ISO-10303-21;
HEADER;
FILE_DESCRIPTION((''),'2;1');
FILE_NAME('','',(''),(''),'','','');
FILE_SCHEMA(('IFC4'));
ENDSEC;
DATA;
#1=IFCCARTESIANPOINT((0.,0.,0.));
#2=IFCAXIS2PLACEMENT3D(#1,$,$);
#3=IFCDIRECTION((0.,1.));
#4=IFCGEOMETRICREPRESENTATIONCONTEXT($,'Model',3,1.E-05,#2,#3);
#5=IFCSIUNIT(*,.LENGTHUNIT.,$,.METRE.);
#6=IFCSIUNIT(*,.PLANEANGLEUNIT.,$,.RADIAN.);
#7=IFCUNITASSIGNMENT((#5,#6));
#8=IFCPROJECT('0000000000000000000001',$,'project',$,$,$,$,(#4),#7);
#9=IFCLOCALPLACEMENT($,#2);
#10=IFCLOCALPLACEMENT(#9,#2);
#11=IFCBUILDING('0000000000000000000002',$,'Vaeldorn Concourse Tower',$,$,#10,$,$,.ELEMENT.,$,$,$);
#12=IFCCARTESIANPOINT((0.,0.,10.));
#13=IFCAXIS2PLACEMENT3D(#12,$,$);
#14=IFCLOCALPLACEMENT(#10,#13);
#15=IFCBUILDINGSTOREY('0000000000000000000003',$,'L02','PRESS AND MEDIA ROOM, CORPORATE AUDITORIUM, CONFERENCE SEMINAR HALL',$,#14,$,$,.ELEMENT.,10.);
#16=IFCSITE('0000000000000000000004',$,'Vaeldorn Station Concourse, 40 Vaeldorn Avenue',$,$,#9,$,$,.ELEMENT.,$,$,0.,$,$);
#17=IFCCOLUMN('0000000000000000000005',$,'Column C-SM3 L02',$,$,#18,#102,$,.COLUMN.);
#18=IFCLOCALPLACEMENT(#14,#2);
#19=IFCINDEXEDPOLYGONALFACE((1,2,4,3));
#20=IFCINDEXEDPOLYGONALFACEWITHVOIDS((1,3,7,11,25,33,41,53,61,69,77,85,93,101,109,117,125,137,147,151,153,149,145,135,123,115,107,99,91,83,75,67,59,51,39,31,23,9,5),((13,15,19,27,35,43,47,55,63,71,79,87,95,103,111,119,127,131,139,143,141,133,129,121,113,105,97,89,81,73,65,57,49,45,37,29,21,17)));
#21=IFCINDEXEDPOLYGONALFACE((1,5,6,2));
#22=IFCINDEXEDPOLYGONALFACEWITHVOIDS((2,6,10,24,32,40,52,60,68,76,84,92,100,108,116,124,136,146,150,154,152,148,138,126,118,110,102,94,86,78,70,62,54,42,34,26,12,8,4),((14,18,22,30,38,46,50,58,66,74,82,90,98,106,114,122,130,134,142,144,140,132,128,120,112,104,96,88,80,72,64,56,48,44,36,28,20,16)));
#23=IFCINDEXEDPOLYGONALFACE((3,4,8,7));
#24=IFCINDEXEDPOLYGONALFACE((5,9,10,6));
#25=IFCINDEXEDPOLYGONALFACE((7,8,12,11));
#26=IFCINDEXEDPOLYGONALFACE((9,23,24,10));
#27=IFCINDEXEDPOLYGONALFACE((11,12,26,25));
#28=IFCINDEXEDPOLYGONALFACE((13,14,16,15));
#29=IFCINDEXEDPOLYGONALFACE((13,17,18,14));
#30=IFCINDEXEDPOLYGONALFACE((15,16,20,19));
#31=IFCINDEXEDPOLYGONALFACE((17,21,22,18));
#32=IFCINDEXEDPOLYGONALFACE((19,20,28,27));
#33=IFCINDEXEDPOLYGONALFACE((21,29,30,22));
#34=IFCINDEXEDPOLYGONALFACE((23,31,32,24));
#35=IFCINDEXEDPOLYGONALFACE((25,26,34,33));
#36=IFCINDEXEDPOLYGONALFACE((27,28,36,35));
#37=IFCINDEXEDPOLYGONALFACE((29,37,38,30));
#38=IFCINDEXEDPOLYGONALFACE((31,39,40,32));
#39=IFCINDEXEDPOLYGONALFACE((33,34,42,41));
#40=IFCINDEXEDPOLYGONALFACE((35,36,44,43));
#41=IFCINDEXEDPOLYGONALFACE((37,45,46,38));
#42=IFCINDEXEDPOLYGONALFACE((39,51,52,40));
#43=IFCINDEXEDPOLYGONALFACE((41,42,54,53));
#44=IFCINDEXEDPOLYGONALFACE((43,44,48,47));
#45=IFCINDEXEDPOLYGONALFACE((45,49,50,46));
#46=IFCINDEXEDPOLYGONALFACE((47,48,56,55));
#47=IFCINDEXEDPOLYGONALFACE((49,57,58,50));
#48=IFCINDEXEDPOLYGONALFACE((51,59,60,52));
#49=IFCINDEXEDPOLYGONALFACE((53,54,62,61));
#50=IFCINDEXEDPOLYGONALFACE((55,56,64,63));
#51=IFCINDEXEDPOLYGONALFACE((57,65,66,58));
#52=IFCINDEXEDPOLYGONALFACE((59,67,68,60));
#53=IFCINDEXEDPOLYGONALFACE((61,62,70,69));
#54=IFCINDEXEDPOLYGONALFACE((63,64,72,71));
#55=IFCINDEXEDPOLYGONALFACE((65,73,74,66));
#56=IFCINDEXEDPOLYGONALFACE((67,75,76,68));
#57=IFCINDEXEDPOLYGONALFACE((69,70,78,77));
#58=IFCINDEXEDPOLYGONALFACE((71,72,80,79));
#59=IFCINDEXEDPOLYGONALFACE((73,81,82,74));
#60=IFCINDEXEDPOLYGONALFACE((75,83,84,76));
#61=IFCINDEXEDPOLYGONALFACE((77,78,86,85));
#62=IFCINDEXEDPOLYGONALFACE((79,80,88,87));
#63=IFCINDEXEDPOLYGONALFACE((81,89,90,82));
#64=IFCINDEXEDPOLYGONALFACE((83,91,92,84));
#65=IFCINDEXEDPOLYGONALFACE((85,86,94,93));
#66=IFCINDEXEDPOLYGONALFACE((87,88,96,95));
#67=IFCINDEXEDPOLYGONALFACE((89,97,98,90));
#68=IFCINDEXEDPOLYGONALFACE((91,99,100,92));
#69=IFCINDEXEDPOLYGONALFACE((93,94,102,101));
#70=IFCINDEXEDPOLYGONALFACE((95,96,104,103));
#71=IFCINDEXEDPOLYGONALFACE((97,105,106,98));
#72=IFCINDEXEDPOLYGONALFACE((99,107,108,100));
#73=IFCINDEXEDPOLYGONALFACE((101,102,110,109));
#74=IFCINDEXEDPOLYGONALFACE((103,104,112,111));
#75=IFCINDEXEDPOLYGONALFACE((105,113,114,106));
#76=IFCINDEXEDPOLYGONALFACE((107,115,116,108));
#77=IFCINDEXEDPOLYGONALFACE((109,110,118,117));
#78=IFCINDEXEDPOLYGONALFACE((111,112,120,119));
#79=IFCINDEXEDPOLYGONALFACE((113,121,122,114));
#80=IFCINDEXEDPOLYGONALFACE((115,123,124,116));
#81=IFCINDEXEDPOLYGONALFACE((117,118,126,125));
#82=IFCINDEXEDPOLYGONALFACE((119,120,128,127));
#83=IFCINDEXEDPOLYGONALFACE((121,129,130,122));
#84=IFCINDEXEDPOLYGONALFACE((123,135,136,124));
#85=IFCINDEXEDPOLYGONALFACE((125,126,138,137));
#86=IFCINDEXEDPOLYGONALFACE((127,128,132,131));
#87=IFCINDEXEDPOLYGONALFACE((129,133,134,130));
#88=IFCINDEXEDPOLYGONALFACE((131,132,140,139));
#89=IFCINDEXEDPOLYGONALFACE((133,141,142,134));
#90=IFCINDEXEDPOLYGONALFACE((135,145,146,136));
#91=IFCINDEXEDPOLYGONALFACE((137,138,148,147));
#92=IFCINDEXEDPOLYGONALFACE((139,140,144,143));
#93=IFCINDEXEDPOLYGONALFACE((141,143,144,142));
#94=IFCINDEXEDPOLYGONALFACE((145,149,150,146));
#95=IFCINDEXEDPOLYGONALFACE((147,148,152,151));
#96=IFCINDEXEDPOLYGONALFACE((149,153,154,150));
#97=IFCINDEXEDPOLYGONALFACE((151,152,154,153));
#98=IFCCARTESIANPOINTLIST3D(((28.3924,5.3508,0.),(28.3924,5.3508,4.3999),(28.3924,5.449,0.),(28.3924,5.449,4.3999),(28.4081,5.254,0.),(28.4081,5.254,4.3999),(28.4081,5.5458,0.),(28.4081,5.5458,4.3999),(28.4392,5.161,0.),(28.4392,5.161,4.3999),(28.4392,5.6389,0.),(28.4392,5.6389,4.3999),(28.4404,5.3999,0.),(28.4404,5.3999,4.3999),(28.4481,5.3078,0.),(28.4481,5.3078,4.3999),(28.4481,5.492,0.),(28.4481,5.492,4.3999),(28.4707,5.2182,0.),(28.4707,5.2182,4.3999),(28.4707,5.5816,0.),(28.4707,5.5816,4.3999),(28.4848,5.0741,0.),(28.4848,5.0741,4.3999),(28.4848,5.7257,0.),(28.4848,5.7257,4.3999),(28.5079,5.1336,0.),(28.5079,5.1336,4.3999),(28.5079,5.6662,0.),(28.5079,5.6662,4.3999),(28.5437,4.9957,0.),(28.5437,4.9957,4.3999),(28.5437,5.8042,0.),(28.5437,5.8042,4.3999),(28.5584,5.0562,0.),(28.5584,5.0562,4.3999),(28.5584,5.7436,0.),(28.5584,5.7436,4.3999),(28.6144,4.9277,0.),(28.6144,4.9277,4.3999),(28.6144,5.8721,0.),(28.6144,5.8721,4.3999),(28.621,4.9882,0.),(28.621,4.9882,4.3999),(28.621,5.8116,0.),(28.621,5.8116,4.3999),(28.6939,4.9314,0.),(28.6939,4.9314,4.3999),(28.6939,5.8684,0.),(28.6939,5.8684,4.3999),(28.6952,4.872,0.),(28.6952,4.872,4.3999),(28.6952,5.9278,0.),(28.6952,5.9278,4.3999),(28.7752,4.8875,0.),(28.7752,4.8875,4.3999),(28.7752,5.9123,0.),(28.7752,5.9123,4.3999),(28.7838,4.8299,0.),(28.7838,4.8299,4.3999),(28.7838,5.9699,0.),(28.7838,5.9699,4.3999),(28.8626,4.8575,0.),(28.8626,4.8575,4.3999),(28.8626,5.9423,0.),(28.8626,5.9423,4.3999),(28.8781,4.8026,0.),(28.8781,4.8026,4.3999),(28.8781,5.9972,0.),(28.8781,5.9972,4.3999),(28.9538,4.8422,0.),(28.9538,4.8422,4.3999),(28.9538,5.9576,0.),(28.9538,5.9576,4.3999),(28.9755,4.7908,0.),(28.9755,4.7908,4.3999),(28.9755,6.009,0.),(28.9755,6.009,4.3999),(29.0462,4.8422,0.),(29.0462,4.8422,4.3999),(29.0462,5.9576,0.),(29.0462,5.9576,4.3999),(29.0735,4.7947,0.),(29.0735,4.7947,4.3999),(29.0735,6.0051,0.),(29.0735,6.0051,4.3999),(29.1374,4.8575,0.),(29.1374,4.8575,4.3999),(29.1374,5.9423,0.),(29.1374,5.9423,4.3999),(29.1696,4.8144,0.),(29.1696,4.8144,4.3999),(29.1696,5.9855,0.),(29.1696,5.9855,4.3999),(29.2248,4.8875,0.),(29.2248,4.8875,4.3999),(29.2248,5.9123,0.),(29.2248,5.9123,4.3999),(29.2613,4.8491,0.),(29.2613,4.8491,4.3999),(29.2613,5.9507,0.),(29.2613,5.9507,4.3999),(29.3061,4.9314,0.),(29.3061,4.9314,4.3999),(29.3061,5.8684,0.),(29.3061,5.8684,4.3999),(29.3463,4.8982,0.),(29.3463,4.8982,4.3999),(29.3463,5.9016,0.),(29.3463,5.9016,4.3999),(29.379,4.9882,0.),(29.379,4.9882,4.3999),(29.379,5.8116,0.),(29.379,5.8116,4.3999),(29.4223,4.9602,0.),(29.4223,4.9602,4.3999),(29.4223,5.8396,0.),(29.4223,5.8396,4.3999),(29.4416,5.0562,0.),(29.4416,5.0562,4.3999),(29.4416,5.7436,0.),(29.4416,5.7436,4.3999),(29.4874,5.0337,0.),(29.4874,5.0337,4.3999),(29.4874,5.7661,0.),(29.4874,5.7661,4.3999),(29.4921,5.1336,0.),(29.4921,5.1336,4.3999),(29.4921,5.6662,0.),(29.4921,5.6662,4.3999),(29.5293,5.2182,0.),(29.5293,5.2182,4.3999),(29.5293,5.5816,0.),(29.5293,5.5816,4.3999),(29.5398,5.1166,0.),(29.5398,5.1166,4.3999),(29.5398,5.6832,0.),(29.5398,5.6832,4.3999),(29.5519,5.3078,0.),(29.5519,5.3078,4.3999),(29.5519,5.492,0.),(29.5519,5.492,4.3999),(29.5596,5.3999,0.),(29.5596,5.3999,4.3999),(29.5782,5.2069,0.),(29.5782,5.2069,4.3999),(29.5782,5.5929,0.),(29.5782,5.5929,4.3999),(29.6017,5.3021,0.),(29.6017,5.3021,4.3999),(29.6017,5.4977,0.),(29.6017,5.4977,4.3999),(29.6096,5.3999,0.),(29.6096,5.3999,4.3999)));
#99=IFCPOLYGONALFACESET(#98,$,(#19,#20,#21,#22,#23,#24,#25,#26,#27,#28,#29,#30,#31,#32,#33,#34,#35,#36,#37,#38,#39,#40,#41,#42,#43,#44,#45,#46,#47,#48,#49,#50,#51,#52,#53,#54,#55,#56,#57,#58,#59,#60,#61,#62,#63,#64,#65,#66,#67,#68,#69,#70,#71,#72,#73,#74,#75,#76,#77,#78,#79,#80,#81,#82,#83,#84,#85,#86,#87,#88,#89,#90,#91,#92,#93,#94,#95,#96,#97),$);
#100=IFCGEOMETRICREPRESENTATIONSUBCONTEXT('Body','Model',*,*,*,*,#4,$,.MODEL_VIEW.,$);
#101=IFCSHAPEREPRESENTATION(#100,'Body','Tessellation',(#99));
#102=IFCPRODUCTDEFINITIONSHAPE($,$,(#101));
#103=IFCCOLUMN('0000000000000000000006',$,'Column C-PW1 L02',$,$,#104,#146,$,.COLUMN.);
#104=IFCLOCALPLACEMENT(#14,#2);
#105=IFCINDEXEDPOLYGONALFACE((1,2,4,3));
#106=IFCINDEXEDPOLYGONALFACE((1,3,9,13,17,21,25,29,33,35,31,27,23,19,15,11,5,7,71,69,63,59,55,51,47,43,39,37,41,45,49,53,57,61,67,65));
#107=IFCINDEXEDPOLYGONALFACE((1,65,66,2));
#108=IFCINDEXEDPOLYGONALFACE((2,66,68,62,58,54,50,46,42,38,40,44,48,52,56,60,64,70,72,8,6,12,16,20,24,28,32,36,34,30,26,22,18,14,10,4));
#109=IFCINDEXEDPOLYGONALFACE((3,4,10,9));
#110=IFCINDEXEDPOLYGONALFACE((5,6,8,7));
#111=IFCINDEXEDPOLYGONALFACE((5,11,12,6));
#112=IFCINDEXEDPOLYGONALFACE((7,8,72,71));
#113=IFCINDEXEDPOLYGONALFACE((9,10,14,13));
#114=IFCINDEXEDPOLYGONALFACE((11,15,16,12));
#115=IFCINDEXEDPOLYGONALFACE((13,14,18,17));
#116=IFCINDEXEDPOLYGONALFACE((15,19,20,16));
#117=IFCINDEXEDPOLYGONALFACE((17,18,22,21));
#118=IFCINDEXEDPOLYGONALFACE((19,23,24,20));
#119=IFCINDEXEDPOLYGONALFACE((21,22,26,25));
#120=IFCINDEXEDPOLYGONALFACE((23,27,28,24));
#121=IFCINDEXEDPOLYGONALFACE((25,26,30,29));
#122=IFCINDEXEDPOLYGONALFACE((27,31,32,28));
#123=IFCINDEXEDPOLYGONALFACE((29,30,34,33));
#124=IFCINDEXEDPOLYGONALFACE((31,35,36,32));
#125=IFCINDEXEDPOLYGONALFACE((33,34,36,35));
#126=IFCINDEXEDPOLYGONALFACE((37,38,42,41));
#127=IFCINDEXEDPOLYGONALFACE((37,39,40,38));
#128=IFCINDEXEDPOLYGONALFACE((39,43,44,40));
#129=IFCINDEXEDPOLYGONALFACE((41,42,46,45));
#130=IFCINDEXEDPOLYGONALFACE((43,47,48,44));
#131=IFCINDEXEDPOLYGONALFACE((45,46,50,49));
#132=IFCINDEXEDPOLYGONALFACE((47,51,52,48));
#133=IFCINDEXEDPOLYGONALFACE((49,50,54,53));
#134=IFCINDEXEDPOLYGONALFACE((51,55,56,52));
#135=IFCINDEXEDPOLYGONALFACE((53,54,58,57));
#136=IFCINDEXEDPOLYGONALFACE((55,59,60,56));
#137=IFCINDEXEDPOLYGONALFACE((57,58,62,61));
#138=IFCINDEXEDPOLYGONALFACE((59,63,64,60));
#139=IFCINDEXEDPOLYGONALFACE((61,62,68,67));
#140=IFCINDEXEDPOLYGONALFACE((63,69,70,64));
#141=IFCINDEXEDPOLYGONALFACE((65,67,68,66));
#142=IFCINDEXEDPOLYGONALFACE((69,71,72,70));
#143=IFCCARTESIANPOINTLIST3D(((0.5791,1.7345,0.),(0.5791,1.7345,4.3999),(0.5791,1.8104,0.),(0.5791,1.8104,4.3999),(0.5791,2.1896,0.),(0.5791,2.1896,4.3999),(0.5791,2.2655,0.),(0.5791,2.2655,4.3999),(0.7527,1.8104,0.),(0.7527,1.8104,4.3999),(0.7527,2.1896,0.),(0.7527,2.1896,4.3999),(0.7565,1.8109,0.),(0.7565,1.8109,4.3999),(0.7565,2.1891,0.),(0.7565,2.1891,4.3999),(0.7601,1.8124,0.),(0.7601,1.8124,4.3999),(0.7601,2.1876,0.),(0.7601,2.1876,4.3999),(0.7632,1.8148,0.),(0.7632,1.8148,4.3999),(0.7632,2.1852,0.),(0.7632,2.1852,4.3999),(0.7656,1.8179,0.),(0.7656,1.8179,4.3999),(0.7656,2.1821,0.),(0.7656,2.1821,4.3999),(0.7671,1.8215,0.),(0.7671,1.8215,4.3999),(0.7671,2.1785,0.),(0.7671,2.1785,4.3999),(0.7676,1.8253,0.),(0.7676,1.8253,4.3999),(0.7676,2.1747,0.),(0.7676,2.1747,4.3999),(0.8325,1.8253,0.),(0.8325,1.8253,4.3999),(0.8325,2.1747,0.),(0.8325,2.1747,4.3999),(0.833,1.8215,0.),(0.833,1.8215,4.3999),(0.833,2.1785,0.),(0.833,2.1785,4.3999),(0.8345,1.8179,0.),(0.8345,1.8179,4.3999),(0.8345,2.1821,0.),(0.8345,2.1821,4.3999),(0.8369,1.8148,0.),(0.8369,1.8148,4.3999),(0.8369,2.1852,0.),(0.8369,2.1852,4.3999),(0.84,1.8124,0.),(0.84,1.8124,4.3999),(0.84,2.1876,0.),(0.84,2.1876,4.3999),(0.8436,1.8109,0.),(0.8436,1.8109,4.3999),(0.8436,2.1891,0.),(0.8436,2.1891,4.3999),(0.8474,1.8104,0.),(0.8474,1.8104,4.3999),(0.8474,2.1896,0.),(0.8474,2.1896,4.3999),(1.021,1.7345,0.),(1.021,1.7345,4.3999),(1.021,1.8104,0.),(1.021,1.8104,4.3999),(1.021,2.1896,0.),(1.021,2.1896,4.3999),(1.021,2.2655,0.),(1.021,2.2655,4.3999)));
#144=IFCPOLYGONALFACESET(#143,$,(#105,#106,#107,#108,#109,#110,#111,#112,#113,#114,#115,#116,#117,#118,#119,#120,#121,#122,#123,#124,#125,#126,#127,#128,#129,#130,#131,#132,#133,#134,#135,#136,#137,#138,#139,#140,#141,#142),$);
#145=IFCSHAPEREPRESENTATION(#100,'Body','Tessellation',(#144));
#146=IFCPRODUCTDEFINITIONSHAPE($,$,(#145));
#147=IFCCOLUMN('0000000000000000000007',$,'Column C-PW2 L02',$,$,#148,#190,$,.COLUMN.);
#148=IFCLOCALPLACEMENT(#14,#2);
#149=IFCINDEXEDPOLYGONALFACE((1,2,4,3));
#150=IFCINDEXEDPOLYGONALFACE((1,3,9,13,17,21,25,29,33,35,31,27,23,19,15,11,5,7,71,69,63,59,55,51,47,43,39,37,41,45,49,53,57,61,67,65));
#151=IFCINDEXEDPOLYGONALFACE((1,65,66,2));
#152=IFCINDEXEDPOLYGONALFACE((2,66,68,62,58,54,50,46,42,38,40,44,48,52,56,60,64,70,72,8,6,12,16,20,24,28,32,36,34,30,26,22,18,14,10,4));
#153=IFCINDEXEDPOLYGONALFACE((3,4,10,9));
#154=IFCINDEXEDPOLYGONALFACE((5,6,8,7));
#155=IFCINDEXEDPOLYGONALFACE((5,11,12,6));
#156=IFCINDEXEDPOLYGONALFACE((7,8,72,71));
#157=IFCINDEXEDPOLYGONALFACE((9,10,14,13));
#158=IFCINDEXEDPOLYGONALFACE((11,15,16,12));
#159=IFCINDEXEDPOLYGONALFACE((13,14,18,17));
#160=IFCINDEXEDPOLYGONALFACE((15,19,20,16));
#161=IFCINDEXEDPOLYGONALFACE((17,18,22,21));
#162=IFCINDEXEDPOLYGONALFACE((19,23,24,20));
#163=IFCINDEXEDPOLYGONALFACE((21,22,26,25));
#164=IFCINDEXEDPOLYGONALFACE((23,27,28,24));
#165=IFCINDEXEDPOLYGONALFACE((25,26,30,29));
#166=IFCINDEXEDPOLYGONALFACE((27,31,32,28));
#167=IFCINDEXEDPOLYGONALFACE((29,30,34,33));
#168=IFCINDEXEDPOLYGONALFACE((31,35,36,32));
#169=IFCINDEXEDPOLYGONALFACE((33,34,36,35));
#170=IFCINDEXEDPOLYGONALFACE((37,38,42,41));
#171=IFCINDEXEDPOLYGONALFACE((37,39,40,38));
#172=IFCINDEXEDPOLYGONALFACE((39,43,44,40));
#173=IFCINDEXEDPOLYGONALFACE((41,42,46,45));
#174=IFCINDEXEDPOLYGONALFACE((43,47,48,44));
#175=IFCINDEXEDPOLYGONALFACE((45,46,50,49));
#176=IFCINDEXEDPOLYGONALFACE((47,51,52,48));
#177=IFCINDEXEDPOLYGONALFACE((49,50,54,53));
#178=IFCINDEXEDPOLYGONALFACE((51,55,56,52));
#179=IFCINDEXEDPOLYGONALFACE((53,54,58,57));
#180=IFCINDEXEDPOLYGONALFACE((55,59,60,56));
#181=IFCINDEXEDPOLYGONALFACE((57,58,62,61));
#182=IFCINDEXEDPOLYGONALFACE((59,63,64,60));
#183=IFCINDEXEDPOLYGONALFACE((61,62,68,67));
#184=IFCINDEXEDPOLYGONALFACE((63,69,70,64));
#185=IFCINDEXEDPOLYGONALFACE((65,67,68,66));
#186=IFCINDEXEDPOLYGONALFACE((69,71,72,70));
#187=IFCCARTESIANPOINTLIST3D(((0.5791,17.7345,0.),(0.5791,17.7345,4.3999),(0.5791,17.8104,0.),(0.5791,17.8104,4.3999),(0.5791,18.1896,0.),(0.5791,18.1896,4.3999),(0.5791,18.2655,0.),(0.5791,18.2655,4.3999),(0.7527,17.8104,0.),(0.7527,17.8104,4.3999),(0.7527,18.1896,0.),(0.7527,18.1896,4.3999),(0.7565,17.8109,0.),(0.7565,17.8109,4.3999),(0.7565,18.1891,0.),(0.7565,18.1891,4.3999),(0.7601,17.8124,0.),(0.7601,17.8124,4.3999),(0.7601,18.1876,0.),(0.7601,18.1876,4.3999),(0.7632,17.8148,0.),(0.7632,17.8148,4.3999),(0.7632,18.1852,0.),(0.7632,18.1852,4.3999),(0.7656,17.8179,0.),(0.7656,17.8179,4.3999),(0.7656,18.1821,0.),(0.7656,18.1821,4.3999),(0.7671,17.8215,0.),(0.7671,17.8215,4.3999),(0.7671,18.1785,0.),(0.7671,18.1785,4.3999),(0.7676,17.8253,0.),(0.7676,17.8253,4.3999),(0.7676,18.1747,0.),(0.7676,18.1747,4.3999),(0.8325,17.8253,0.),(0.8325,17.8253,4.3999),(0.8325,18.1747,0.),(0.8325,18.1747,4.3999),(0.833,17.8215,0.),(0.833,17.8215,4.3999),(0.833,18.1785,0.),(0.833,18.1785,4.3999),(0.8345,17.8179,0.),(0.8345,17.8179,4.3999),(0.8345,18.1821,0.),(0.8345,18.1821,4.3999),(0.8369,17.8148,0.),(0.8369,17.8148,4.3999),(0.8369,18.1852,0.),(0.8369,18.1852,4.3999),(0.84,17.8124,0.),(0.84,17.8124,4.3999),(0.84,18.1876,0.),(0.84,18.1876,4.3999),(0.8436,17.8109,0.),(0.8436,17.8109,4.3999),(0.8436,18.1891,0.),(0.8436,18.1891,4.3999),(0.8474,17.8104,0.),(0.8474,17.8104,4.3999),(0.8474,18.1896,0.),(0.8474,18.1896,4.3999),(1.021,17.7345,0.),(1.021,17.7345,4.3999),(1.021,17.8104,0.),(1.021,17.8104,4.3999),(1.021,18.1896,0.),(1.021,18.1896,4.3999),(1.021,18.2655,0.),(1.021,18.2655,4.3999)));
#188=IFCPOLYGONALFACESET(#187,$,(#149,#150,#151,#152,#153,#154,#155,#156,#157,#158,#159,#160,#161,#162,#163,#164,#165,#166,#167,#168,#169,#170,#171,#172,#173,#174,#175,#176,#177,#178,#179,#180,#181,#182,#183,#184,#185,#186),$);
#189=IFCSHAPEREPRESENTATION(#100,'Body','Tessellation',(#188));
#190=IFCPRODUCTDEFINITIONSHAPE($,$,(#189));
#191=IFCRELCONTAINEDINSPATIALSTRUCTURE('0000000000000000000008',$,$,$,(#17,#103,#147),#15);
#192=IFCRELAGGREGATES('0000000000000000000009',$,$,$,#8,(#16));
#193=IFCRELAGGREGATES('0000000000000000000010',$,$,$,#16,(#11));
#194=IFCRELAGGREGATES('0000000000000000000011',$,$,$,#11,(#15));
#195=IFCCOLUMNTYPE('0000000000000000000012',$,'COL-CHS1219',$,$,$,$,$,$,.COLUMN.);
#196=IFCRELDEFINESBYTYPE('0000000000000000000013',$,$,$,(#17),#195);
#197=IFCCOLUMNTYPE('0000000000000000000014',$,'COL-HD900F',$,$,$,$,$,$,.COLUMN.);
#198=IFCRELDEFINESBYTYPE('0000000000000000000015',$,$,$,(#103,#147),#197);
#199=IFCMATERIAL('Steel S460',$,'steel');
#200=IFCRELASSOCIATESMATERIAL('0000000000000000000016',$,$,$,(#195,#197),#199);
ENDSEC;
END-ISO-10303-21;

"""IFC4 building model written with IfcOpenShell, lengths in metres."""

from ifc_helpers import new_model, si_unit, direction, frame, origin, origin_2d, place, context, subcontext, project, spatial, hollow_circle, i_section, extrude, source, transform, mapped, material, material_profile, profile_set, type_object, element, save


model = new_model("IFC4")

# Units and contexts
model_context = context("Model", 3, precision=1e-05, world=origin(), true_north=direction((0.0, 1.0)))
body_context = subcontext(model_context, "Body", "Model", "MODEL_VIEW")
ifc_project = project(units=[si_unit("LENGTHUNIT", "METRE"), si_unit("PLANEANGLEUNIT", "RADIAN")], contexts=[model_context])

# Site, building, storey
site_placement = place(None, origin())
site = spatial("IfcSite", under=ifc_project, at=site_placement, Name="Vaeldorn Station Concourse, 40 Vaeldorn Avenue", CompositionType="ELEMENT", RefElevation=0.0)
building_placement = place(site_placement, origin())
building = spatial("IfcBuilding", under=site, at=building_placement, Name="Vaeldorn Concourse Tower", CompositionType="ELEMENT")
storey_placement = place(building_placement, frame((0.0, 0.0, 10.0)))
storey = spatial("IfcBuildingStorey", under=building, at=storey_placement, Name="L02", Description="PRESS AND MEDIA ROOM, CORPORATE AUDITORIUM, CONFERENCE SEMINAR HALL", CompositionType="ELEMENT", Elevation=10.0)

# Columns
ifc_material_1 = material(Name="Steel S460", Category="steel")
ifc_material_profile_1 = material_profile(ifc_material_1, hollow_circle(Radius=0.6096, WallThickness=0.05, at=origin_2d()), Name="CHS 1219x50")
ifc_profile_set_1 = profile_set([ifc_material_profile_1], Name="Steel S460")
column_type_1 = type_object("IfcColumnType", Name="COL-CHS1219", PredefinedType="COLUMN", material=ifc_profile_set_1)
shared_shape_1 = source(origin(), body_context, "Body", "SweptSolid", [
    extrude(hollow_circle(Radius=0.6096, WallThickness=0.05, at=origin_2d()), origin(), (0.0, 0.0, 1.0), 4.3999),
])
column_placement = place(storey_placement, frame((29.0, 5.3999, 0.0), z_axis=(0.0, 0.0, 1.0), x_axis=(1.0, 0.0, 0.0)))
element("IfcColumn", 1, at=column_placement, inside=storey, type_object=column_type_1, Name="Column C-SM3 L02", PredefinedType="COLUMN", context=body_context, shape_type="MappedRepresentation", body=[
    mapped(shared_shape_1, transform((0.0, 0.0, 0.0), scale=1.0)),
])
ifc_material_profile_2 = material_profile(ifc_material_1, i_section(OverallWidth=0.4419, OverallDepth=0.531, WebThickness=0.0649, FlangeThickness=0.0759, FilletRadius=0.0149, at=origin_2d()), Name="HD 400x900")
ifc_profile_set_2 = profile_set([ifc_material_profile_2], Name="Steel S460")
column_type_2 = type_object("IfcColumnType", Name="COL-HD900F", PredefinedType="COLUMN", material=ifc_profile_set_2)
shared_shape_2 = source(origin(), body_context, "Body", "SweptSolid", [
    extrude(i_section(OverallWidth=0.4419, OverallDepth=0.531, WebThickness=0.0649, FlangeThickness=0.0759, FilletRadius=0.0149, at=origin_2d()), origin(), (0.0, 0.0, 1.0), 4.3999),
])
for number, where, z_axis, x_axis, name in (
    (2, (0.8, 2.0, 0.0), (0.0, 0.0, 1.0), (1.0, 0.0, 0.0), "Column C-PW1 L02"),
    (3, (0.8, 18.0, 0.0), (0.0, 0.0, 1.0), (1.0, 0.0, 0.0), "Column C-PW2 L02"),
):
    element("IfcColumn", number, at=place(storey_placement, frame(where, z_axis=z_axis, x_axis=x_axis)), inside=storey, type_object=column_type_2, Name=name, PredefinedType="COLUMN", context=body_context, shape_type="MappedRepresentation", body=[
        mapped(shared_shape_2, transform((0.0, 0.0, 0.0), scale=1.0)),
    ])

save(model, "model.ifc")
